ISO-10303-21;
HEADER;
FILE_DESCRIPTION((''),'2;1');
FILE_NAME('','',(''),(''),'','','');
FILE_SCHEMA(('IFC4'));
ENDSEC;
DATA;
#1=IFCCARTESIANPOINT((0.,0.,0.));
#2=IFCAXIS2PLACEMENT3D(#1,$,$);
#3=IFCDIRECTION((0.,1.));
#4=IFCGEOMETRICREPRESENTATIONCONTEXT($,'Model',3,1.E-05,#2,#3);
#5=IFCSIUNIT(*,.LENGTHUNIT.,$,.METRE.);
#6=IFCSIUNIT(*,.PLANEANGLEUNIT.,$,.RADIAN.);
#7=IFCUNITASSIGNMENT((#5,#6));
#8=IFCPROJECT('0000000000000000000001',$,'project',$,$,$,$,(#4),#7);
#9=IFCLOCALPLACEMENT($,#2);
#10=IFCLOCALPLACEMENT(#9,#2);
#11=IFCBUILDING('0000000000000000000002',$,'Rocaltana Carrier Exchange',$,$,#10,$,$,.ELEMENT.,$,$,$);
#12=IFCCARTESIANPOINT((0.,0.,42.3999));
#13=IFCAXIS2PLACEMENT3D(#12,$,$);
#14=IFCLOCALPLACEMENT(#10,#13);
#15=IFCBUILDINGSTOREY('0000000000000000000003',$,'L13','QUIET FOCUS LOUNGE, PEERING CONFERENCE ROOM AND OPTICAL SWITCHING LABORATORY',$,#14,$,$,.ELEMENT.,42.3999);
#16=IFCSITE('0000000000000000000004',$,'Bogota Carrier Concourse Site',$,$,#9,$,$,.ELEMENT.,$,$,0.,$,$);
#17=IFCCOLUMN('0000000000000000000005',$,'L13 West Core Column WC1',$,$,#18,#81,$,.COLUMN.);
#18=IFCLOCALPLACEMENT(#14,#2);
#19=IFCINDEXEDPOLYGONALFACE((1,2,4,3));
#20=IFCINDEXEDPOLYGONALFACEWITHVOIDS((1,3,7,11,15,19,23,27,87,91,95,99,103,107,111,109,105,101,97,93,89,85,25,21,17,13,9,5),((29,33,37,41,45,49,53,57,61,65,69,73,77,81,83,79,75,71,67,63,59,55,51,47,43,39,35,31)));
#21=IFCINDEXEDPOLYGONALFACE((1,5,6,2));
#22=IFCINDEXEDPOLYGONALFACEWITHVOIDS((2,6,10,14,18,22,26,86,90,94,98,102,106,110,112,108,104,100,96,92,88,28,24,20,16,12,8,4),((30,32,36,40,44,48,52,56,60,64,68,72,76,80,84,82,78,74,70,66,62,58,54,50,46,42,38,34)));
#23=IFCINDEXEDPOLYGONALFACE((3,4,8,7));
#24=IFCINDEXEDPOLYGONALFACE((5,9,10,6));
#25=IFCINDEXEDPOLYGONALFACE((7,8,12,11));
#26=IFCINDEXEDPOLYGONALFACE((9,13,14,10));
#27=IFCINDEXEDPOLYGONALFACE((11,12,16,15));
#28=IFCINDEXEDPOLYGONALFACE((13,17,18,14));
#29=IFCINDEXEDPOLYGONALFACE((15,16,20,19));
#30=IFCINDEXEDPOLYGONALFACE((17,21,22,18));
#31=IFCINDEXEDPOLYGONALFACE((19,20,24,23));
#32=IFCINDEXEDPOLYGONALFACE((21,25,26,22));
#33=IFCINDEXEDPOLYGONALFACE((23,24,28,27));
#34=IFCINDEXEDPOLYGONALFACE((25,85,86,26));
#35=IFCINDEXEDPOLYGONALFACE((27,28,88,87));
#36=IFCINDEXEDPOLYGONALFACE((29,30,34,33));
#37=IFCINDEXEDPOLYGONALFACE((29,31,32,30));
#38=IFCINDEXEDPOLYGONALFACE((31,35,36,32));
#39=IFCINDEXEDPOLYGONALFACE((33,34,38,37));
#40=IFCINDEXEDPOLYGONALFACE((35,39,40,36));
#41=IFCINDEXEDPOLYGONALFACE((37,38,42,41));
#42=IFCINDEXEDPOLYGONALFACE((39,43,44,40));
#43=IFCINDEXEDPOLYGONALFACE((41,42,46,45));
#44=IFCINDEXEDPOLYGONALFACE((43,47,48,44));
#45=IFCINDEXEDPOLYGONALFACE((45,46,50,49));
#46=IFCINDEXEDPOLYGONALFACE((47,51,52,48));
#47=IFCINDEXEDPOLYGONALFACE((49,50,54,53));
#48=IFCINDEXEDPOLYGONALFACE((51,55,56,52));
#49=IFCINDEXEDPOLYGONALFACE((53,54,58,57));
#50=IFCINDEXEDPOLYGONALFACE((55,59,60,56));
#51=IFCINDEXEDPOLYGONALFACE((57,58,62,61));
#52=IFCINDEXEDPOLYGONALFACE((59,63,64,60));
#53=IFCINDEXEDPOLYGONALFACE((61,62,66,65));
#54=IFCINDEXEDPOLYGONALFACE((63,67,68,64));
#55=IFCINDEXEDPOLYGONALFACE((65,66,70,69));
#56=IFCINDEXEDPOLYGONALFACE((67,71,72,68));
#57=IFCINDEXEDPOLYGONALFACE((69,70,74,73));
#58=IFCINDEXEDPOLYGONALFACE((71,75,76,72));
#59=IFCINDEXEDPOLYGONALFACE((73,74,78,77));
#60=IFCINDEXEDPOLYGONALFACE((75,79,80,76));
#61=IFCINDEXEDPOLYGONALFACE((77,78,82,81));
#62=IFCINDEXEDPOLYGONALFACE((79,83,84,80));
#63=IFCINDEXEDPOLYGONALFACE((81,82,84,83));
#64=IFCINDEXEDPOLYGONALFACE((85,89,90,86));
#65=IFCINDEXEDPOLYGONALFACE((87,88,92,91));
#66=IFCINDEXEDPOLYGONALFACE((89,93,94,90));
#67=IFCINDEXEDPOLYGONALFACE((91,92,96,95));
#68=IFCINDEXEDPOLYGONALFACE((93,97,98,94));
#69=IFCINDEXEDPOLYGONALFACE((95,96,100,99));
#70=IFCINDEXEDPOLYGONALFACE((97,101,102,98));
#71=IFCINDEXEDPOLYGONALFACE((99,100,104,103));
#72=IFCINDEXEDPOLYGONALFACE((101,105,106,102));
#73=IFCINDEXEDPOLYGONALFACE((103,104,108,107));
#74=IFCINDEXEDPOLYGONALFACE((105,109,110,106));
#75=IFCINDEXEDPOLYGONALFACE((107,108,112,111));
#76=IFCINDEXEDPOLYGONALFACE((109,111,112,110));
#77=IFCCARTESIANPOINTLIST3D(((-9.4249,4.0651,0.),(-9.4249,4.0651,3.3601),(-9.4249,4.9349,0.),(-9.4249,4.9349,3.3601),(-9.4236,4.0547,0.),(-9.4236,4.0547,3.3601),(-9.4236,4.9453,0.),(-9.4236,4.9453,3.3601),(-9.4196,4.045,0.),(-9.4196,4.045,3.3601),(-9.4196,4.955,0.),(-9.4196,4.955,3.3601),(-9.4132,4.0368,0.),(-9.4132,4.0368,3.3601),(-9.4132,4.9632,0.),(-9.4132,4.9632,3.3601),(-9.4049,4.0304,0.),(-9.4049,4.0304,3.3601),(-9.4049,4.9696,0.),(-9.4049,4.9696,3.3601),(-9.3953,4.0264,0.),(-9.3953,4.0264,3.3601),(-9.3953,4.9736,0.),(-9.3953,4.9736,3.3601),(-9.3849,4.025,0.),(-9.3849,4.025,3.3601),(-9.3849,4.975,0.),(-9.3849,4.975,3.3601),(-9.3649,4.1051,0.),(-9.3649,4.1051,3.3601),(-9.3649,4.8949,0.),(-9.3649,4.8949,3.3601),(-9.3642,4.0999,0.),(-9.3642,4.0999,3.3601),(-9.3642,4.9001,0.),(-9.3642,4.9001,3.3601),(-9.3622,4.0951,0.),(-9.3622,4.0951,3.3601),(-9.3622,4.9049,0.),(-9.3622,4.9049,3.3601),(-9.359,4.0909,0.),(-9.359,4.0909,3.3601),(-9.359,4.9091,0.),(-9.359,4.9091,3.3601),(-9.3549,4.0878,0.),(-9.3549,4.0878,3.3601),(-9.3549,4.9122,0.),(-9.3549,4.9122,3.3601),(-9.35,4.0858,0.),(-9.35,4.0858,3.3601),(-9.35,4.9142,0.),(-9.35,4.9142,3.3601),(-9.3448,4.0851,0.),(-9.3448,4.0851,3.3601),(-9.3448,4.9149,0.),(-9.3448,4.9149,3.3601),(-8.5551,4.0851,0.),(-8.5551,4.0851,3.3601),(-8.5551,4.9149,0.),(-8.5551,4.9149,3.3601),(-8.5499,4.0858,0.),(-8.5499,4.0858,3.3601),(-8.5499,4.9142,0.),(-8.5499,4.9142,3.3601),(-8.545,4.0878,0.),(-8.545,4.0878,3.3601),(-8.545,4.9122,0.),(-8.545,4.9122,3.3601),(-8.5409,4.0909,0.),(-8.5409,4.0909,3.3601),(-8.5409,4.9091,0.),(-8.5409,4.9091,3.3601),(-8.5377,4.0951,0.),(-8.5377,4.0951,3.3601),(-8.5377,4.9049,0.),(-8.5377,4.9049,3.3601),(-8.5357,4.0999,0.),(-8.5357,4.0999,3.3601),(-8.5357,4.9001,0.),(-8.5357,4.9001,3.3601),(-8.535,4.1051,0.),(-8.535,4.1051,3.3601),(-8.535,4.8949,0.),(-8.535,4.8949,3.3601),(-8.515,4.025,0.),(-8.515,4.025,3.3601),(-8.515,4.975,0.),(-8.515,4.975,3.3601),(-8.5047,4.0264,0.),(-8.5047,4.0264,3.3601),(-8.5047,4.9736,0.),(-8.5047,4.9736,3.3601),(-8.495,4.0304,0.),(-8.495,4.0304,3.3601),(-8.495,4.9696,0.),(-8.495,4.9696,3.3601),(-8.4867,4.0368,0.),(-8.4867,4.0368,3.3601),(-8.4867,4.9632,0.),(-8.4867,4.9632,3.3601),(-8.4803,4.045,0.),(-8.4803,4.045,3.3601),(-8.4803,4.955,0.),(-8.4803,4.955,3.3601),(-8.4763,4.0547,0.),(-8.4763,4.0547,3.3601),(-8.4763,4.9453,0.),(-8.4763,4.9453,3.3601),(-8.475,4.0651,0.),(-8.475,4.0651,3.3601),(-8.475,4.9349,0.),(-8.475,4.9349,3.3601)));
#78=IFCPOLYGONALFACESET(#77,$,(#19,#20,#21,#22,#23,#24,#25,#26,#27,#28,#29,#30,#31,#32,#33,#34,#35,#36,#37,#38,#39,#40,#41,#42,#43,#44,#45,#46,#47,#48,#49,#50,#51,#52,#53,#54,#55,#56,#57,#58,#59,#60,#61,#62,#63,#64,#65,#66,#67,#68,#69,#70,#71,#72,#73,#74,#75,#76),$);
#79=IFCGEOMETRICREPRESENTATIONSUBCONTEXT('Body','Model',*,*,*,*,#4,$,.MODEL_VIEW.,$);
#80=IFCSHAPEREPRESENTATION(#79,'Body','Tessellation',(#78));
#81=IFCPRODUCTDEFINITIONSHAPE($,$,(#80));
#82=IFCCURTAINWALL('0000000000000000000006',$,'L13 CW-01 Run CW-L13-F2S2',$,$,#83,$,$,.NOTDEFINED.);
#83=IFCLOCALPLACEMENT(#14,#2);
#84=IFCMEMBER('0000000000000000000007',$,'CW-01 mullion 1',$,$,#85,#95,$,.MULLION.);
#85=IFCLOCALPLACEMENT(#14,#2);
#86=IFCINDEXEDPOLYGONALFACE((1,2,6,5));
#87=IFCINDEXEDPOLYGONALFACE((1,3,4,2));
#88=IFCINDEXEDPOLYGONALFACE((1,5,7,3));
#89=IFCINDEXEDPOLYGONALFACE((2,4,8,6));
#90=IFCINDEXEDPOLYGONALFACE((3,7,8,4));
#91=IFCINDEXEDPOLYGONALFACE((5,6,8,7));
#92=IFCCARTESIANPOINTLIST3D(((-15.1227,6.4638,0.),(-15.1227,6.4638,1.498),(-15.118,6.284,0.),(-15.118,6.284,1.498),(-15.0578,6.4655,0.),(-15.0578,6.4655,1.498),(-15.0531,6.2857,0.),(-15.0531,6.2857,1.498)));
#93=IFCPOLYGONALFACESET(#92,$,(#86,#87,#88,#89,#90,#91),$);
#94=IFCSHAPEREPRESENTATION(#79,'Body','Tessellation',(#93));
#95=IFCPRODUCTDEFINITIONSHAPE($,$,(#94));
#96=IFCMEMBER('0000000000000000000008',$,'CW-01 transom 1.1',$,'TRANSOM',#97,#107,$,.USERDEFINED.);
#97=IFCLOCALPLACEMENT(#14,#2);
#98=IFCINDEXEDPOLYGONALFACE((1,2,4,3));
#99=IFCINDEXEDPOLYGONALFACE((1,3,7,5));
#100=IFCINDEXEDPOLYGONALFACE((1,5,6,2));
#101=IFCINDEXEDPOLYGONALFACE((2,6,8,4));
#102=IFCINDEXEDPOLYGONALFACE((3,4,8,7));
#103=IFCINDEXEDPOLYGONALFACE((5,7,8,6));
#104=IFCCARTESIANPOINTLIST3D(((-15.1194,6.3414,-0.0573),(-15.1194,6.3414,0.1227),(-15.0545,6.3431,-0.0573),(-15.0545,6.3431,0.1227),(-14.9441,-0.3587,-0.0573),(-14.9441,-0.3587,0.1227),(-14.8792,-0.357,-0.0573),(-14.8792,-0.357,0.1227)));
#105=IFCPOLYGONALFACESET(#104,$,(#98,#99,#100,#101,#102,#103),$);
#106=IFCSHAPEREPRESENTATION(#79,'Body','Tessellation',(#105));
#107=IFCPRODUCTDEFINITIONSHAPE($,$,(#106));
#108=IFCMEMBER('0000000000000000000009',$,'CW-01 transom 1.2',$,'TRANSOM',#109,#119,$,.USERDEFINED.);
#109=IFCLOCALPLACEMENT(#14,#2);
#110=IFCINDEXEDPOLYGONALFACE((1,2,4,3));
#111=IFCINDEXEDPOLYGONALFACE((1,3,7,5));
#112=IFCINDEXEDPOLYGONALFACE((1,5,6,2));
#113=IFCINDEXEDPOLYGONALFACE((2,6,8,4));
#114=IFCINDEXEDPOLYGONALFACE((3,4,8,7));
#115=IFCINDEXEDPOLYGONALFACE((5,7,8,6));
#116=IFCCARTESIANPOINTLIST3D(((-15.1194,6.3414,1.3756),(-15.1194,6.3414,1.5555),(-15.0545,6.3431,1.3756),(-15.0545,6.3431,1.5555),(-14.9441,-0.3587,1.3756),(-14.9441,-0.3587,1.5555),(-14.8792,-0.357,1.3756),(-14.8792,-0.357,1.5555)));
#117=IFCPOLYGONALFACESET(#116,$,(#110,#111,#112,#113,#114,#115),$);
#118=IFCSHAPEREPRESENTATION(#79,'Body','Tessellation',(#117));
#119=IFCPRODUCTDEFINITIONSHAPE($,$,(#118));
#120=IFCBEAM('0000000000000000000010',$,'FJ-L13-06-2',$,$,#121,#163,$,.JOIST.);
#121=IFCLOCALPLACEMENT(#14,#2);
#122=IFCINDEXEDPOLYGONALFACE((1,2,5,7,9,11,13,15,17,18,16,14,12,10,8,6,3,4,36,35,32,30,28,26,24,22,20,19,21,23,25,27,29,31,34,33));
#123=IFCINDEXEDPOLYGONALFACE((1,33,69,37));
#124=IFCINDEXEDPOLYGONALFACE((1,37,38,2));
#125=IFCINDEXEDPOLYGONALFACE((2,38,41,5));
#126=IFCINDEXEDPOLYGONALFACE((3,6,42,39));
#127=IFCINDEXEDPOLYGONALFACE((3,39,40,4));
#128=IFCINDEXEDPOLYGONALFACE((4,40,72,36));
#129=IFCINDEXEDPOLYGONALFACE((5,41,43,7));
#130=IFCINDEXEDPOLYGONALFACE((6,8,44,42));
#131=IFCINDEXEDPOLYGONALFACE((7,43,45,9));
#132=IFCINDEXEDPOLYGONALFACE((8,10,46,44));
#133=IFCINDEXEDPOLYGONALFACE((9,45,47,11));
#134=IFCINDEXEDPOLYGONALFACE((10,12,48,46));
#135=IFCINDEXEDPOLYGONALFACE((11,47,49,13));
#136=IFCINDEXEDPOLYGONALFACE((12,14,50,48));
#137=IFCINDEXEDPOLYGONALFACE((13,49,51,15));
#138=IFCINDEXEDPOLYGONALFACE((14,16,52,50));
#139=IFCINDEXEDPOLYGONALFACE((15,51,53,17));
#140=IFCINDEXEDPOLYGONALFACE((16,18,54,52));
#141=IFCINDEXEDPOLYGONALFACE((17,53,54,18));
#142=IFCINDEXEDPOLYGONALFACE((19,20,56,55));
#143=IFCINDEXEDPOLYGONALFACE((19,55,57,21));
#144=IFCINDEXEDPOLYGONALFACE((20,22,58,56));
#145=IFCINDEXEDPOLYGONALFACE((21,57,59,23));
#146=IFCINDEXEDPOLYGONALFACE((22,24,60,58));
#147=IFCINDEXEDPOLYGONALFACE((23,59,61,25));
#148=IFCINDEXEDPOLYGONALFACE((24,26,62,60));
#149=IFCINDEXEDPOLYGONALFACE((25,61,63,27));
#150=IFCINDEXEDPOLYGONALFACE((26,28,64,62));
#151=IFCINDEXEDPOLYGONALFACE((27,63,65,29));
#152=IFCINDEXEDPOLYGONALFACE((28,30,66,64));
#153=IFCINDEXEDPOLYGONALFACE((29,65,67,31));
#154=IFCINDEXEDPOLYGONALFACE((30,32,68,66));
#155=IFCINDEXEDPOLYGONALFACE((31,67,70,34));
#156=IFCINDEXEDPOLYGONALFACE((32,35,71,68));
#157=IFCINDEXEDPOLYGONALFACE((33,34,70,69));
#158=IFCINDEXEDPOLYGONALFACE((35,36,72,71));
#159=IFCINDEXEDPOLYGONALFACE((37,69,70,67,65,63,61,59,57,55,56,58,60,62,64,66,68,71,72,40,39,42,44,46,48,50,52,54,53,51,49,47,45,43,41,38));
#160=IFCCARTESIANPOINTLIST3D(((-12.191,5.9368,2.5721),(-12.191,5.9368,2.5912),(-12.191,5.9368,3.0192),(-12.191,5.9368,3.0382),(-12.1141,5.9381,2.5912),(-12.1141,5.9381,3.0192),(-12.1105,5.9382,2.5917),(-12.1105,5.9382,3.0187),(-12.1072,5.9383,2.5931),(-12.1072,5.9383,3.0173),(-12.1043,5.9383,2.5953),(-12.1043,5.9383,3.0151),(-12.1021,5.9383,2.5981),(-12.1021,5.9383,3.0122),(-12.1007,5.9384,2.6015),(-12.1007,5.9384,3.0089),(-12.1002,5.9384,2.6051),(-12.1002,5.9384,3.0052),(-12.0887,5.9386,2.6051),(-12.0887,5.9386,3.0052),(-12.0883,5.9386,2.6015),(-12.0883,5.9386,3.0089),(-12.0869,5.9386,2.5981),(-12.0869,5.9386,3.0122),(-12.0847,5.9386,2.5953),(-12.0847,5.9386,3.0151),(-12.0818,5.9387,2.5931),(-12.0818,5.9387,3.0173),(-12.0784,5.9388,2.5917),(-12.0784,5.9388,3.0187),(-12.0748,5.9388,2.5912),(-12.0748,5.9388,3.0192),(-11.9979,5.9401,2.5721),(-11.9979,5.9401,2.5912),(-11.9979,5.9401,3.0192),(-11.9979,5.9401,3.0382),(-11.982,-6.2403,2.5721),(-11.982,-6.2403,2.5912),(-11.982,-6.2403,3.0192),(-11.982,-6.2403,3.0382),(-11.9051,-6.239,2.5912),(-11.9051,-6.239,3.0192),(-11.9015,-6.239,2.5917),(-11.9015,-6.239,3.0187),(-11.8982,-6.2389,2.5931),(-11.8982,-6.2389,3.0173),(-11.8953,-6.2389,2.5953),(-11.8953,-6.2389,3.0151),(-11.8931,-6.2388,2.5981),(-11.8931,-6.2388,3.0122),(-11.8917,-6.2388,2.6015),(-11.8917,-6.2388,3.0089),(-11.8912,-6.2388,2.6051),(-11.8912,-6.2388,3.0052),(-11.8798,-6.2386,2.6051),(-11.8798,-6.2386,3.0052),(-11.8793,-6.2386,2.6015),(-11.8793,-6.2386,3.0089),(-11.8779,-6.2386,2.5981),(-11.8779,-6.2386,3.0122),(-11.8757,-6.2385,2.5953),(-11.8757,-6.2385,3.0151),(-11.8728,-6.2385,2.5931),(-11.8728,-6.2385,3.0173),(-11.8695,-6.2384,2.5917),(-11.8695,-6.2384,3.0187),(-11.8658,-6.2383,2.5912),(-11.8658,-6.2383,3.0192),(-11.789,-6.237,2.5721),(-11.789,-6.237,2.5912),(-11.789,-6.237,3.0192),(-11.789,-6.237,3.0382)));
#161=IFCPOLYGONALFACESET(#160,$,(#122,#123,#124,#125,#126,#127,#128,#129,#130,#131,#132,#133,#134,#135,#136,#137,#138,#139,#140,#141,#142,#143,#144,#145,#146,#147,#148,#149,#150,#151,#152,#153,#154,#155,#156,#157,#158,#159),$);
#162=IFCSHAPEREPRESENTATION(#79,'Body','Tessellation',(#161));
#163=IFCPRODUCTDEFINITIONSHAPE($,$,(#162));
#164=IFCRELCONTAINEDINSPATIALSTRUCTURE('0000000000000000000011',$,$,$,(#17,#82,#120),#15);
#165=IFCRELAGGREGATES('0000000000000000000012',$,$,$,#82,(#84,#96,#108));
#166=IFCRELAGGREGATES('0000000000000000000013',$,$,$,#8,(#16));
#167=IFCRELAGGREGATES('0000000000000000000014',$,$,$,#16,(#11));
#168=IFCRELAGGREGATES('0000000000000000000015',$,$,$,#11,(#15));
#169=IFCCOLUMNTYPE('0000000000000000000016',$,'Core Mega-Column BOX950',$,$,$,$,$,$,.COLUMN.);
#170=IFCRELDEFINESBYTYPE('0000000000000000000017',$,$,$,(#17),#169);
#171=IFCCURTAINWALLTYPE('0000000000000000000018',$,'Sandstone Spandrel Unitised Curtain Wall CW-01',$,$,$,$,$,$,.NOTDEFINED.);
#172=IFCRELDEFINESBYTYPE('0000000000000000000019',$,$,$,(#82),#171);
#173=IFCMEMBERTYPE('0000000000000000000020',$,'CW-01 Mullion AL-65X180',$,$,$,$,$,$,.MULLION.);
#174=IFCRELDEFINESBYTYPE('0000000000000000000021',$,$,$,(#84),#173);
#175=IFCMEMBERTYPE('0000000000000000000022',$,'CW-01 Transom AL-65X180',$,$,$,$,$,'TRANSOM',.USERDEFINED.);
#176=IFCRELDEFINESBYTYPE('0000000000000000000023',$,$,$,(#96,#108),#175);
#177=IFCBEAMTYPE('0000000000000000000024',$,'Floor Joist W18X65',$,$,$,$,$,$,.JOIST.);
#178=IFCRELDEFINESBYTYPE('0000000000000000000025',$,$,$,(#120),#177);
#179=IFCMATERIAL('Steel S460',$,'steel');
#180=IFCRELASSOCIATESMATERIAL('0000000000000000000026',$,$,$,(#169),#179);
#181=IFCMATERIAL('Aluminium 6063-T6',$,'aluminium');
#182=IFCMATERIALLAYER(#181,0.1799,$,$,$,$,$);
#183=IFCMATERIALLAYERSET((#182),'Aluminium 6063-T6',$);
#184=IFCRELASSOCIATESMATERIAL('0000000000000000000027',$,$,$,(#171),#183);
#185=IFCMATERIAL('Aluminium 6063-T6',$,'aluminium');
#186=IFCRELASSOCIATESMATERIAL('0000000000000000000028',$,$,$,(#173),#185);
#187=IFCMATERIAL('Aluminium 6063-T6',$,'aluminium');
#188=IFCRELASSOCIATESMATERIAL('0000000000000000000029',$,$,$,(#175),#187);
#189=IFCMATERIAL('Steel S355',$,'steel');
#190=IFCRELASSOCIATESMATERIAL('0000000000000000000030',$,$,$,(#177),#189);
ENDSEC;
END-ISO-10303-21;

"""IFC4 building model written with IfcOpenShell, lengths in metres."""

from ifc_helpers import new_model, si_unit, direction, frame, origin, origin_2d, place, context, subcontext, project, spatial, rectangle, hollow_rectangle, i_section, extrude, material, layer, layer_set, material_profile, profile_set, type_object, element, aggregate, save


model = new_model("IFC4")

# Units and contexts
model_context = context("Model", 3, precision=1e-05, world=origin(), true_north=direction((0.0, 1.0)))
body_context = subcontext(model_context, "Body", "Model", "MODEL_VIEW")
ifc_project = project(units=[si_unit("LENGTHUNIT", "METRE"), si_unit("PLANEANGLEUNIT", "RADIAN")], contexts=[model_context])

# Site, building, storey
site_placement = place(None, origin())
site = spatial("IfcSite", under=ifc_project, at=site_placement, Name="Bogota Carrier Concourse Site", CompositionType="ELEMENT", RefElevation=0.0)
building_placement = place(site_placement, origin())
building = spatial("IfcBuilding", under=site, at=building_placement, Name="Rocaltana Carrier Exchange", CompositionType="ELEMENT")
storey_placement = place(building_placement, frame((0.0, 0.0, 42.3999)))
storey = spatial("IfcBuildingStorey", under=building, at=storey_placement, Name="L13", Description="QUIET FOCUS LOUNGE, PEERING CONFERENCE ROOM AND OPTICAL SWITCHING LABORATORY", CompositionType="ELEMENT", Elevation=42.3999)

# Column
ifc_material_1 = material(Name="Steel S460", Category="steel")
ifc_material_profile_1 = material_profile(ifc_material_1, hollow_rectangle(XDim=0.95, YDim=0.95, WallThickness=0.0601, InnerFilletRadius=0.02, OuterFilletRadius=0.04, at=origin_2d()), Name="BOX950X950X60")
ifc_profile_set_1 = profile_set([ifc_material_profile_1], Name="Steel S460")
column_type = type_object("IfcColumnType", Name="Core Mega-Column BOX950", PredefinedType="COLUMN", material=ifc_profile_set_1)
column_placement = place(storey_placement, frame((-8.95, 4.5, 0.0), z_axis=(0.0, 0.0, 1.0), x_axis=(1.0, 0.0, 0.0)))
element("IfcColumn", 1, at=column_placement, inside=storey, type_object=column_type, Name="L13 West Core Column WC1", PredefinedType="COLUMN", context=body_context, shape_type="SweptSolid", body=[
    extrude(hollow_rectangle(XDim=0.95, YDim=0.95, WallThickness=0.0601, InnerFilletRadius=0.02, OuterFilletRadius=0.04, at=origin_2d()), origin(), (0.0, 0.0, 1.0), 3.3601),
])

# Curtain wall, members
ifc_material_2 = material(Name="Aluminium 6063-T6", Category="aluminium")
ifc_layer_1 = layer(ifc_material_2, 0.1799)
ifc_layer_set_1 = layer_set([ifc_layer_1], Name="Aluminium 6063-T6")
curtain_wall_type = type_object("IfcCurtainWallType", Name="Sandstone Spandrel Unitised Curtain Wall CW-01", PredefinedType="NOTDEFINED", material=ifc_layer_set_1)
curtain_wall_placement = place(storey_placement, origin())
curtain_wall = element("IfcCurtainWall", 2, at=curtain_wall_placement, inside=storey, type_object=curtain_wall_type, Name="L13 CW-01 Run CW-L13-F2S2", PredefinedType="NOTDEFINED")
ifc_material_3 = material(Name="Aluminium 6063-T6", Category="aluminium")
ifc_material_profile_2 = material_profile(ifc_material_3, rectangle(XDim=0.0649, YDim=0.1799, at=origin_2d()), Name="AL-65X180")
ifc_profile_set_2 = profile_set([ifc_material_profile_2], Name="Aluminium 6063-T6")
member_type_1 = type_object("IfcMemberType", Name="CW-01 Mullion AL-65X180", PredefinedType="MULLION", material=ifc_profile_set_2)
member_1_placement = place(storey_placement, frame((-15.0879, 6.3748, 0.0), z_axis=(0.0, 0.0, 1.0), x_axis=(0.999657, 0.026177, 0.0)))
member_1 = element("IfcMember", 3, at=member_1_placement, type_object=member_type_1, Name="CW-01 mullion 1", PredefinedType="MULLION", context=body_context, shape_type="SweptSolid", body=[
    extrude(rectangle(XDim=0.0649, YDim=0.1799, at=origin_2d()), origin(), (0.0, 0.0, 1.0), 1.498),
])
ifc_material_4 = material(Name="Aluminium 6063-T6", Category="aluminium")
ifc_material_profile_3 = material_profile(ifc_material_4, rectangle(XDim=0.0649, YDim=0.1799, at=origin_2d()), Name="AL-65X180")
ifc_profile_set_3 = profile_set([ifc_material_profile_3], Name="Aluminium 6063-T6")
member_type_2 = type_object("IfcMemberType", Name="CW-01 Transom AL-65X180", ElementType="TRANSOM", PredefinedType="USERDEFINED", material=ifc_profile_set_3)
member_2_placement = place(storey_placement, frame((-15.0869, 6.3423, 0.0327), z_axis=(0.026153, -0.999658, 0.0), x_axis=(0.999658, 0.026153, 0.0)))
member_2 = element("IfcMember", 4, at=member_2_placement, type_object=member_type_2, Name="CW-01 transom 1.1", ObjectType="TRANSOM", PredefinedType="USERDEFINED", context=body_context, shape_type="SweptSolid", body=[
    extrude(rectangle(XDim=0.0649, YDim=0.1799, at=origin_2d()), origin(), (0.0, 0.0, 1.0), 6.7024),
])
member_3_placement = place(storey_placement, frame((-15.0869, 6.3423, 1.4656), z_axis=(0.026153, -0.999658, 0.0), x_axis=(0.999658, 0.026153, 0.0)))
member_3 = element("IfcMember", 5, at=member_3_placement, type_object=member_type_2, Name="CW-01 transom 1.2", ObjectType="TRANSOM", PredefinedType="USERDEFINED", context=body_context, shape_type="SweptSolid", body=[
    extrude(rectangle(XDim=0.0649, YDim=0.1799, at=origin_2d()), origin(), (0.0, 0.0, 1.0), 6.7024),
])

# Beam
ifc_material_5 = material(Name="Steel S355", Category="steel")
ifc_material_profile_4 = material_profile(ifc_material_5, i_section(OverallWidth=0.1931, OverallDepth=0.4661, WebThickness=0.0115, FlangeThickness=0.019, FilletRadius=0.0139, at=origin_2d()), Name="W18X65")
ifc_profile_set_4 = profile_set([ifc_material_profile_4], Name="Steel S355")
beam_type_1 = type_object("IfcBeamType", Name="Floor Joist W18X65", PredefinedType="JOIST", material=ifc_profile_set_4)
beam_1_placement = place(storey_placement, frame((-12.0945, 5.9385, 2.8052), z_axis=(0.017159, -0.999853, 0.0), x_axis=(0.999853, 0.017159, 0.0)))
element("IfcBeam", 6, at=beam_1_placement, inside=storey, type_object=beam_type_1, Name="FJ-L13-06-2", PredefinedType="JOIST", context=body_context, shape_type="SweptSolid", body=[
    extrude(i_section(OverallWidth=0.1931, OverallDepth=0.4661, WebThickness=0.0115, FlangeThickness=0.019, FilletRadius=0.0139, at=origin_2d()), origin(), (0.0, 0.0, 1.0), 12.179),
])

aggregate(curtain_wall, [member_1, member_2, member_3])

save(model, "model.ifc")
